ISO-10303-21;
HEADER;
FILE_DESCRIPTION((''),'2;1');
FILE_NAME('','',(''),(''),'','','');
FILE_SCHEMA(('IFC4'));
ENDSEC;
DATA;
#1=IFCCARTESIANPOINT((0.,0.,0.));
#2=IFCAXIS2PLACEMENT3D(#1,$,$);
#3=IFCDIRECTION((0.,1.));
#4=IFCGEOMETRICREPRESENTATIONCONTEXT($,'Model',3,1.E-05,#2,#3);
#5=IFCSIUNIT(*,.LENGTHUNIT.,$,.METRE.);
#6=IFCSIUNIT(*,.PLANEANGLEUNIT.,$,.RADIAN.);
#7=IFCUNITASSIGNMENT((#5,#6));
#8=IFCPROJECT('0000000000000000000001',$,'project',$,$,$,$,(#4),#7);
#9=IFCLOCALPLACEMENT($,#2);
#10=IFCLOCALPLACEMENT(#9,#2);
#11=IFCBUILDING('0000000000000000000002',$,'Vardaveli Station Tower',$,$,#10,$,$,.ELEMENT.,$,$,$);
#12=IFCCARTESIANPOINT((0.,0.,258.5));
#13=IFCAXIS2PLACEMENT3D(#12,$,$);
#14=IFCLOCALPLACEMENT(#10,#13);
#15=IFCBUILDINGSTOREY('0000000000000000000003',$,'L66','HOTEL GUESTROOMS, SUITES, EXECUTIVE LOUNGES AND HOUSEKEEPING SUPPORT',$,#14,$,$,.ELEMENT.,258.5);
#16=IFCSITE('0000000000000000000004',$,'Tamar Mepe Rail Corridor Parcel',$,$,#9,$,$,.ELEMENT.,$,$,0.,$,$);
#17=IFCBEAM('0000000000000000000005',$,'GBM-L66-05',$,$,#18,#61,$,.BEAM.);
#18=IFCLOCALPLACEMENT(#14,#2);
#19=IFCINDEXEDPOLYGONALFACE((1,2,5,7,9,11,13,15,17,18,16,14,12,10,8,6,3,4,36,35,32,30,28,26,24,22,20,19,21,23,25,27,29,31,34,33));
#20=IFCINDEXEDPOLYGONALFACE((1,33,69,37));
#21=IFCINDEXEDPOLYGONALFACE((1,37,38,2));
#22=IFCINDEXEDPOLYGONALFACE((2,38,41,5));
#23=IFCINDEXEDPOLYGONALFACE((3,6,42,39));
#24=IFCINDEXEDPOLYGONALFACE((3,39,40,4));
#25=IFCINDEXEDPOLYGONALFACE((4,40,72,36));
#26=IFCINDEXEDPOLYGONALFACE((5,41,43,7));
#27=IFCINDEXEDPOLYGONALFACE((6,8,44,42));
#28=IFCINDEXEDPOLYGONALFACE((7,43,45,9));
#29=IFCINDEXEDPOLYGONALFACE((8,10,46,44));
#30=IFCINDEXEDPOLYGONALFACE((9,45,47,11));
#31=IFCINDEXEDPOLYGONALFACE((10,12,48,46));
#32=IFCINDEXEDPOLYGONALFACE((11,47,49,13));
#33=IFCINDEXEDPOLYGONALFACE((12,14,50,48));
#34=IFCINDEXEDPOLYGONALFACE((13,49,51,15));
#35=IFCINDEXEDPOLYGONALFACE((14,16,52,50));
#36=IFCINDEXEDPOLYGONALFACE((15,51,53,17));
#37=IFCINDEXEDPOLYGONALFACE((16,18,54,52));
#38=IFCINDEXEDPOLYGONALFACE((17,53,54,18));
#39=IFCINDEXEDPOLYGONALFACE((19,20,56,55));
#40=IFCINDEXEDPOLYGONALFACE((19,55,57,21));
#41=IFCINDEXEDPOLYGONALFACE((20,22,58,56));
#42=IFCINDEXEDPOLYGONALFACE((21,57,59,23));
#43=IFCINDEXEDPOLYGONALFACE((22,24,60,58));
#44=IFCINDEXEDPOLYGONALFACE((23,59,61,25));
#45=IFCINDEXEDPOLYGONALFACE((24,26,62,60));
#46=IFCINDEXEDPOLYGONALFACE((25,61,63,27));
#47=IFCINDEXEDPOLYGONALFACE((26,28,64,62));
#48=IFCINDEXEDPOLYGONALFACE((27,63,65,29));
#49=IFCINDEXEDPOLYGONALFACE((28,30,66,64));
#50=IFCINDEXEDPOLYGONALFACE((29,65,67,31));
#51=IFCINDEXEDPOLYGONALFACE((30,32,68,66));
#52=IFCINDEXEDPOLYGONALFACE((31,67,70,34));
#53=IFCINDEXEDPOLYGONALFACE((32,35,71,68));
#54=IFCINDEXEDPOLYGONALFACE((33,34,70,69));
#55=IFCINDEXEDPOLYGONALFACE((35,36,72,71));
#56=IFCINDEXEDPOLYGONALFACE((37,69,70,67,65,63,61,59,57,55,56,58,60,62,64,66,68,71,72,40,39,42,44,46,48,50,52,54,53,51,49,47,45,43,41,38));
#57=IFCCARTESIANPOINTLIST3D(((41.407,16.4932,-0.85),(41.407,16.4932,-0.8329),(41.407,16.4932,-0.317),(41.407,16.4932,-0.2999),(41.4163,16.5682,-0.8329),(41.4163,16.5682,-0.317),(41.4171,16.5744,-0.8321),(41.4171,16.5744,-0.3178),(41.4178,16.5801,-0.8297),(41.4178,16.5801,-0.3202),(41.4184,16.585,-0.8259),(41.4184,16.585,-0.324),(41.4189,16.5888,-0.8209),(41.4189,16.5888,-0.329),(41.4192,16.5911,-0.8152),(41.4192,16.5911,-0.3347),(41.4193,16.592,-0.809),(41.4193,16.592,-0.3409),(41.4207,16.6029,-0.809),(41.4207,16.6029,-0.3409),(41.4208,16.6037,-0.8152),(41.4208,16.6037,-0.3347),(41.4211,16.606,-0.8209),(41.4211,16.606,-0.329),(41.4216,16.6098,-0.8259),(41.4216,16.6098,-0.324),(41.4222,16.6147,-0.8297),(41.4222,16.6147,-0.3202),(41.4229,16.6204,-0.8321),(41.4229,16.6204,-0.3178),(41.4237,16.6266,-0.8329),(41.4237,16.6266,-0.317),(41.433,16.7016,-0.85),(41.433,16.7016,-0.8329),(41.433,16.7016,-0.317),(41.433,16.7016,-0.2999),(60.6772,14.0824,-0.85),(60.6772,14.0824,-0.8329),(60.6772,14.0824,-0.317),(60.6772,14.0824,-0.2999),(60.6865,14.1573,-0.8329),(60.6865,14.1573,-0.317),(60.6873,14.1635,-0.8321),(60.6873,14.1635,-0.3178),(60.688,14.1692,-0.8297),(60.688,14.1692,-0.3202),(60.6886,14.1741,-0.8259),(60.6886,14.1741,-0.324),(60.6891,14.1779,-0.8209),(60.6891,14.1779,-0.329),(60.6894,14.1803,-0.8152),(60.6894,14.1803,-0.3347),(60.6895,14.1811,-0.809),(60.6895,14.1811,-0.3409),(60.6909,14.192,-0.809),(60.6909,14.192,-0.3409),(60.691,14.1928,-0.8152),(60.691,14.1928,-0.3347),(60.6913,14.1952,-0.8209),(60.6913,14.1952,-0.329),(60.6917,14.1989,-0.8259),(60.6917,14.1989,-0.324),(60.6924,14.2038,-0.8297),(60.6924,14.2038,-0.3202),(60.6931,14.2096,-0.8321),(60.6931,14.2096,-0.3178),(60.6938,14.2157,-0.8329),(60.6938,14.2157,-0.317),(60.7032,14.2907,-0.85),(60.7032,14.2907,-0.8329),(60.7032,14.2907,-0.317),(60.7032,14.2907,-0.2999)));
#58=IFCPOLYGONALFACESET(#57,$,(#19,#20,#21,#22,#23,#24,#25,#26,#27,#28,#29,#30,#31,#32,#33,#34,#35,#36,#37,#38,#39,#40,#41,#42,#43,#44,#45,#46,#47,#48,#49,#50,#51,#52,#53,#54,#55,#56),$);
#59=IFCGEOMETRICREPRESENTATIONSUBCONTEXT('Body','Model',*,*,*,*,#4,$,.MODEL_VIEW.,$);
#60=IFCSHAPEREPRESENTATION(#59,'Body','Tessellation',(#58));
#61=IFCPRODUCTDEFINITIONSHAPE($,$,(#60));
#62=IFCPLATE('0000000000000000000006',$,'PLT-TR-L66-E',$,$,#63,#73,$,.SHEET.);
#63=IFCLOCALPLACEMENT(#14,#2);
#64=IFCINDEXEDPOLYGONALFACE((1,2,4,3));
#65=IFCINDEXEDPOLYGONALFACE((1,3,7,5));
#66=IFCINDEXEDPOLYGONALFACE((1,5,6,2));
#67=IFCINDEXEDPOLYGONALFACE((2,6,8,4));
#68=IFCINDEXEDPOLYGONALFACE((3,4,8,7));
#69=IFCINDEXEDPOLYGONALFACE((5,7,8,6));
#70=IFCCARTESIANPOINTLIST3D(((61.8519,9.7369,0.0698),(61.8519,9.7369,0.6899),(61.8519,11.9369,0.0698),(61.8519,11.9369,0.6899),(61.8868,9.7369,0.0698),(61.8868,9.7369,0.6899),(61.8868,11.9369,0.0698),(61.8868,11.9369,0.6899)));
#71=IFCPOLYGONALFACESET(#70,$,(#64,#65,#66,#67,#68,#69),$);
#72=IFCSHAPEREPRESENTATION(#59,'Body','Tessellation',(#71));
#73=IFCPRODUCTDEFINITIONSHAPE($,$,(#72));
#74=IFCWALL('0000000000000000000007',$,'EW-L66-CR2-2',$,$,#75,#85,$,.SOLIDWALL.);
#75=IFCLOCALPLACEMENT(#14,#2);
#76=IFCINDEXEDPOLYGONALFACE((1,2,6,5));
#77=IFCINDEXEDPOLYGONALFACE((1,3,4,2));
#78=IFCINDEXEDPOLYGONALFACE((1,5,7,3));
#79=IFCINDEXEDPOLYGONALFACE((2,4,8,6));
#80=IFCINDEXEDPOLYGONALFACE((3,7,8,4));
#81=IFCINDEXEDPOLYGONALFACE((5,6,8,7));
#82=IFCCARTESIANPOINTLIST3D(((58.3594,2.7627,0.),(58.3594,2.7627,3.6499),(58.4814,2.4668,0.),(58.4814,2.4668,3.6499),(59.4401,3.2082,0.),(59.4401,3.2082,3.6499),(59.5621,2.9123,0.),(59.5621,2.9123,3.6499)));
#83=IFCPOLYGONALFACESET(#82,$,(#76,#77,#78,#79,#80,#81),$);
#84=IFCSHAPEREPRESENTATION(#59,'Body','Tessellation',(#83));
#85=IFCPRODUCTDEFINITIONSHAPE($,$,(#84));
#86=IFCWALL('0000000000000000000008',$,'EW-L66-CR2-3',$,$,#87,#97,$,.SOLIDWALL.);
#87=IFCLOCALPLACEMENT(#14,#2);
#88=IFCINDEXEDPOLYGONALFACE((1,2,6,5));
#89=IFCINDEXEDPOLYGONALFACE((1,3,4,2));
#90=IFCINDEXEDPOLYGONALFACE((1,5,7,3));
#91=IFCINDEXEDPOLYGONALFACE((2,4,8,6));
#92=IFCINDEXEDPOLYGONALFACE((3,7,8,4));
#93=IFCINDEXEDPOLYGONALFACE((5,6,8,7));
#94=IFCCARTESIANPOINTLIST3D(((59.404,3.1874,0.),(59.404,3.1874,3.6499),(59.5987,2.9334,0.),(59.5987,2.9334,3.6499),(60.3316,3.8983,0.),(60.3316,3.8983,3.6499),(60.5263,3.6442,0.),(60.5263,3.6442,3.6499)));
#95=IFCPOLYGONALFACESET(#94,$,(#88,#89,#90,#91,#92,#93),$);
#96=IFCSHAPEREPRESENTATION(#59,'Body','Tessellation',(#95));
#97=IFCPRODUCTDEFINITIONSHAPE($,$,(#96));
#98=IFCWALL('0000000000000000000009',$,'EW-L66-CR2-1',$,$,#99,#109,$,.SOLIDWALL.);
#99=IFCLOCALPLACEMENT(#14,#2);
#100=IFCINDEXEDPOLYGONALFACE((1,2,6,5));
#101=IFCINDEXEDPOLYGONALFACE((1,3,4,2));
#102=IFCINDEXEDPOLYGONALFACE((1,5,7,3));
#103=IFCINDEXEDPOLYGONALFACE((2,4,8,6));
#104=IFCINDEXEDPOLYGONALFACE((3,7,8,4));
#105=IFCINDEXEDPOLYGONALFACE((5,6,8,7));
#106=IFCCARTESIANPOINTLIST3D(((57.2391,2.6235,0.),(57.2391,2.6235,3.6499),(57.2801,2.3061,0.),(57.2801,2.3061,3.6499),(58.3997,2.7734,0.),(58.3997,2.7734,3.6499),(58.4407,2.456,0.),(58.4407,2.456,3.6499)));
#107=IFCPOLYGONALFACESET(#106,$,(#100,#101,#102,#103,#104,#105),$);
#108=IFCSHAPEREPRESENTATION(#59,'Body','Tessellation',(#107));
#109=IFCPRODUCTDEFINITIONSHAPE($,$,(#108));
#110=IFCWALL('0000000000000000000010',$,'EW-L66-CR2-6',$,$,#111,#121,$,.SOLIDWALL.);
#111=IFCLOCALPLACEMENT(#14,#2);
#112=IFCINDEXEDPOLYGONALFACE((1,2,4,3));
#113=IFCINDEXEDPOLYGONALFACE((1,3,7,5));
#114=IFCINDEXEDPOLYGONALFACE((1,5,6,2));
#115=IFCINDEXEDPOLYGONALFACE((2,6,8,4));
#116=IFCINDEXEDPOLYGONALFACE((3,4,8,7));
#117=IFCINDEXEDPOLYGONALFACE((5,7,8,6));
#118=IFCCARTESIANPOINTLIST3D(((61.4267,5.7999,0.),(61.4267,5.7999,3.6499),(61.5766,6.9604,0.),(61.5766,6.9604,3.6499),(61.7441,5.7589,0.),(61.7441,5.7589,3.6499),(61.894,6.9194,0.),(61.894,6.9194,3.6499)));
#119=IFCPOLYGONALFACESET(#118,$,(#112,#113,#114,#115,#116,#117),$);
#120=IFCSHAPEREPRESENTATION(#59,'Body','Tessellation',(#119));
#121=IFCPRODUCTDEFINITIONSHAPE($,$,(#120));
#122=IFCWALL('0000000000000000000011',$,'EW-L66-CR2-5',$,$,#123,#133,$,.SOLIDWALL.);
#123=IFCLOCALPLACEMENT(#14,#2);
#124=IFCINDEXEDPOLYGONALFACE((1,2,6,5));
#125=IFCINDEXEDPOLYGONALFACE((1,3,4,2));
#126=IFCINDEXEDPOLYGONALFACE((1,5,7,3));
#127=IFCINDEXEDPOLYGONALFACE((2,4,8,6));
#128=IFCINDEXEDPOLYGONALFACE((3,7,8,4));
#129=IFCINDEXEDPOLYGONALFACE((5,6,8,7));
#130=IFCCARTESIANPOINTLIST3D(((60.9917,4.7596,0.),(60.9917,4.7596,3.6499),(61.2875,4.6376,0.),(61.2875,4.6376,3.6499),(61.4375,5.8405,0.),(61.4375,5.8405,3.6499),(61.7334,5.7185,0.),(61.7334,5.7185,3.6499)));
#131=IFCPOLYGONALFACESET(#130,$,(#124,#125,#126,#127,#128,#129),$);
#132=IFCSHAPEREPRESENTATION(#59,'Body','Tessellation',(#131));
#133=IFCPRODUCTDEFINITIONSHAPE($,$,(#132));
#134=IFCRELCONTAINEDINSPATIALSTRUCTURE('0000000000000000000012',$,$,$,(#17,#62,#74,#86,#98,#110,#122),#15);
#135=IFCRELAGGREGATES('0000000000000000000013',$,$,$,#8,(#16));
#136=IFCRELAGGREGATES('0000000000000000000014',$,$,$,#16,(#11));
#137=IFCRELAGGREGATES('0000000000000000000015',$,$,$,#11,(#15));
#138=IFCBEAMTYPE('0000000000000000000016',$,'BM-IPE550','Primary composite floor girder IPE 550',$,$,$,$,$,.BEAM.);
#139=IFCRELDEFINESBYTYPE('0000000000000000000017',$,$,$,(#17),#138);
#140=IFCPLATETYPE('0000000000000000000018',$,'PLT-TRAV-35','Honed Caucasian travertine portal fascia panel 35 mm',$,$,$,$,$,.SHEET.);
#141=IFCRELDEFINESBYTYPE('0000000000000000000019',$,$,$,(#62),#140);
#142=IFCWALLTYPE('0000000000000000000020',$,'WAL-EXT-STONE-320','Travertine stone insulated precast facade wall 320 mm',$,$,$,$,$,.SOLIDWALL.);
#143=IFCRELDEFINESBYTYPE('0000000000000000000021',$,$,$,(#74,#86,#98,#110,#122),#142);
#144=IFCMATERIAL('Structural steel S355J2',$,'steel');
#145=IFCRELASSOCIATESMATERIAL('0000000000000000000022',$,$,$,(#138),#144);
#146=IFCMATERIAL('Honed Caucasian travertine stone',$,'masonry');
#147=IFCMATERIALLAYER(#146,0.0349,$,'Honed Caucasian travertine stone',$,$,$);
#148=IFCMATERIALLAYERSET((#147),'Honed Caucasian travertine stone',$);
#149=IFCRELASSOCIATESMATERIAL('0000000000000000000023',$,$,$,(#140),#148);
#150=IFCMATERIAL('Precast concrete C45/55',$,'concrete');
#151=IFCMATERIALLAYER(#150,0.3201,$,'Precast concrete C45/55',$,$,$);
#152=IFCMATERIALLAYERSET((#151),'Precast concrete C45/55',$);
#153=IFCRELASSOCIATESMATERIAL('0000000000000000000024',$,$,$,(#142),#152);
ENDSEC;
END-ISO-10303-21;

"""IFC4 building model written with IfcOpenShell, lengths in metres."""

from ifc_helpers import new_model, si_unit, direction, frame, frame_2d, origin, origin_2d, place, context, subcontext, project, spatial, rectangle, i_section, extrude, source, transform, mapped, material, layer, layer_set, material_profile, profile_set, type_object, element, save


model = new_model("IFC4")

# Units and contexts
model_context = context("Model", 3, precision=1e-05, world=origin(), true_north=direction((0.0, 1.0)))
body_context = subcontext(model_context, "Body", "Model", "MODEL_VIEW")
ifc_project = project(units=[si_unit("LENGTHUNIT", "METRE"), si_unit("PLANEANGLEUNIT", "RADIAN")], contexts=[model_context])

# Site, building, storey
site_placement = place(None, origin())
site = spatial("IfcSite", under=ifc_project, at=site_placement, Name="Tamar Mepe Rail Corridor Parcel", CompositionType="ELEMENT", RefElevation=0.0)
building_placement = place(site_placement, origin())
building = spatial("IfcBuilding", under=site, at=building_placement, Name="Vardaveli Station Tower", CompositionType="ELEMENT")
storey_placement = place(building_placement, frame((0.0, 0.0, 258.5)))
storey = spatial("IfcBuildingStorey", under=building, at=storey_placement, Name="L66", Description="HOTEL GUESTROOMS, SUITES, EXECUTIVE LOUNGES AND HOUSEKEEPING SUPPORT", CompositionType="ELEMENT", Elevation=258.5)

# Beam
ifc_material_1 = material(Name="Precast concrete C45/55", Category="concrete")
ifc_material_2 = material(Name="Structural steel S355J2", Category="steel")
ifc_material_profile_1 = material_profile(ifc_material_2, i_section(OverallWidth=0.21, OverallDepth=0.55, WebThickness=0.011, FlangeThickness=0.0171, FilletRadius=0.0239, at=origin_2d()), Name="IPE 550")
ifc_profile_set_1 = profile_set([ifc_material_profile_1], Name="Structural steel S355J2")
beam_type_1 = type_object("IfcBeamType", Name="BM-IPE550", Description="Primary composite floor girder IPE 550", PredefinedType="BEAM", material=ifc_profile_set_1)
shared_shape_1 = source(origin(), body_context, "Body", "SweptSolid", [
    extrude(i_section(OverallWidth=0.21, OverallDepth=0.55, WebThickness=0.011, FlangeThickness=0.0171, FilletRadius=0.0239, at=origin_2d()), origin(), (0.0, 0.0, 1.0), 19.4204),
])
beam_1_placement = place(storey_placement, frame((60.6902, 14.1865, -0.575), z_axis=(-0.992265, 0.124141, 0.0), x_axis=(-0.124141, -0.992265, 0.0)))
element("IfcBeam", 1, at=beam_1_placement, inside=storey, type_object=beam_type_1, Name="GBM-L66-05", PredefinedType="BEAM", context=body_context, shape_type="MappedRepresentation", body=[
    mapped(shared_shape_1, transform((0.0, 0.0, 0.0), scale=1.0)),
])

# Plate
ifc_material_3 = material(Name="Honed Caucasian travertine stone", Category="masonry")
ifc_layer_1 = layer(ifc_material_3, 0.0349, Name="Honed Caucasian travertine stone")
ifc_layer_set_1 = layer_set([ifc_layer_1], Name="Honed Caucasian travertine stone")
plate_type = type_object("IfcPlateType", Name="PLT-TRAV-35", Description="Honed Caucasian travertine portal fascia panel 35 mm", PredefinedType="SHEET", material=ifc_layer_set_1)
shared_shape_2 = source(origin(), body_context, "Body", "SweptSolid", [
    extrude(rectangle(XDim=2.2, YDim=0.0349, at=origin_2d()), origin(), (0.0, 0.0, 1.0), 0.6201),
])
plate_placement = place(storey_placement, frame((61.8694, 10.8369, 0.0698), z_axis=(0.0, 0.0, 1.0), x_axis=(0.0, 1.0, 0.0)))
element("IfcPlate", 2, at=plate_placement, inside=storey, type_object=plate_type, Name="PLT-TR-L66-E", PredefinedType="SHEET", context=body_context, shape_type="MappedRepresentation", body=[
    mapped(shared_shape_2, transform((0.0, 0.0, 0.0), scale=1.0)),
])

# Walls
ifc_layer_2 = layer(ifc_material_1, 0.3201, Name="Precast concrete C45/55")
ifc_layer_set_2 = layer_set([ifc_layer_2], Name="Precast concrete C45/55")
wall_type_1 = type_object("IfcWallType", Name="WAL-EXT-STONE-320", Description="Travertine stone insulated precast facade wall 320 mm", PredefinedType="SOLIDWALL", material=ifc_layer_set_2)
shared_shape_3 = source(origin(), body_context, "Body", "SweptSolid", [
    extrude(rectangle(XDim=1.1689, YDim=0.3201, at=frame_2d((0.5845, 0.0))), origin(), (0.0, 0.0, 1.0), 3.6499),
])
wall_1_placement = place(storey_placement, frame((58.4204, 2.6147, 0.0), z_axis=(0.0, 0.0, 1.0), x_axis=(0.924522, 0.381128, 0.0)))
element("IfcWall", 3, at=wall_1_placement, inside=storey, type_object=wall_type_1, Name="EW-L66-CR2-2", PredefinedType="SOLIDWALL", context=body_context, shape_type="MappedRepresentation", body=[
    mapped(shared_shape_3, transform((0.0, 0.0, 0.0), scale=1.0)),
])
shared_shape_4 = source(origin(), body_context, "Body", "SweptSolid", [
    extrude(rectangle(XDim=1.1687, YDim=0.3201, at=frame_2d((0.5845, 0.0))), origin(), (0.0, 0.0, 1.0), 3.6499),
])
wall_2_placement = place(storey_placement, frame((59.5012, 3.0603, 0.0), z_axis=(0.0, 0.0, 1.0), x_axis=(0.793741, 0.608256, 0.0)))
element("IfcWall", 4, at=wall_2_placement, inside=storey, type_object=wall_type_1, Name="EW-L66-CR2-3", PredefinedType="SOLIDWALL", context=body_context, shape_type="MappedRepresentation", body=[
    mapped(shared_shape_4, transform((0.0, 0.0, 0.0), scale=1.0)),
])
shared_shape_5 = source(origin(), body_context, "Body", "SweptSolid", [
    extrude(rectangle(XDim=1.1702, YDim=0.3201, at=frame_2d((0.585, 0.0))), origin(), (0.0, 0.0, 1.0), 3.6499),
])
for number, where, z_axis, x_axis, name in (
    (5, (57.2598, 2.4648, 0.0), (0.0, 0.0, 1.0), (0.991762, 0.12809, 0.0), "EW-L66-CR2-1"),
    (6, (61.5854, 5.7795, 0.0), (0.0, 0.0, 1.0), (0.12809, 0.991762, 0.0), "EW-L66-CR2-6"),
):
    element("IfcWall", number, at=place(storey_placement, frame(where, z_axis=z_axis, x_axis=x_axis)), inside=storey, type_object=wall_type_1, Name=name, PredefinedType="SOLIDWALL", context=body_context, shape_type="MappedRepresentation", body=[
        mapped(shared_shape_5, transform((0.0, 0.0, 0.0), scale=1.0)),
    ])
shared_shape_6 = source(origin(), body_context, "Body", "SweptSolid", [
    extrude(rectangle(XDim=1.1692, YDim=0.3201, at=frame_2d((0.5845, 0.0))), origin(), (0.0, 0.0, 1.0), 3.6499),
])
wall_3_placement = place(storey_placement, frame((61.1396, 4.6987, 0.0), z_axis=(0.0, 0.0, 1.0), x_axis=(0.381306, 0.924449, 0.0)))
element("IfcWall", 7, at=wall_3_placement, inside=storey, type_object=wall_type_1, Name="EW-L66-CR2-5", PredefinedType="SOLIDWALL", context=body_context, shape_type="MappedRepresentation", body=[
    mapped(shared_shape_6, transform((0.0, 0.0, 0.0), scale=1.0)),
])

save(model, "model.ifc")
